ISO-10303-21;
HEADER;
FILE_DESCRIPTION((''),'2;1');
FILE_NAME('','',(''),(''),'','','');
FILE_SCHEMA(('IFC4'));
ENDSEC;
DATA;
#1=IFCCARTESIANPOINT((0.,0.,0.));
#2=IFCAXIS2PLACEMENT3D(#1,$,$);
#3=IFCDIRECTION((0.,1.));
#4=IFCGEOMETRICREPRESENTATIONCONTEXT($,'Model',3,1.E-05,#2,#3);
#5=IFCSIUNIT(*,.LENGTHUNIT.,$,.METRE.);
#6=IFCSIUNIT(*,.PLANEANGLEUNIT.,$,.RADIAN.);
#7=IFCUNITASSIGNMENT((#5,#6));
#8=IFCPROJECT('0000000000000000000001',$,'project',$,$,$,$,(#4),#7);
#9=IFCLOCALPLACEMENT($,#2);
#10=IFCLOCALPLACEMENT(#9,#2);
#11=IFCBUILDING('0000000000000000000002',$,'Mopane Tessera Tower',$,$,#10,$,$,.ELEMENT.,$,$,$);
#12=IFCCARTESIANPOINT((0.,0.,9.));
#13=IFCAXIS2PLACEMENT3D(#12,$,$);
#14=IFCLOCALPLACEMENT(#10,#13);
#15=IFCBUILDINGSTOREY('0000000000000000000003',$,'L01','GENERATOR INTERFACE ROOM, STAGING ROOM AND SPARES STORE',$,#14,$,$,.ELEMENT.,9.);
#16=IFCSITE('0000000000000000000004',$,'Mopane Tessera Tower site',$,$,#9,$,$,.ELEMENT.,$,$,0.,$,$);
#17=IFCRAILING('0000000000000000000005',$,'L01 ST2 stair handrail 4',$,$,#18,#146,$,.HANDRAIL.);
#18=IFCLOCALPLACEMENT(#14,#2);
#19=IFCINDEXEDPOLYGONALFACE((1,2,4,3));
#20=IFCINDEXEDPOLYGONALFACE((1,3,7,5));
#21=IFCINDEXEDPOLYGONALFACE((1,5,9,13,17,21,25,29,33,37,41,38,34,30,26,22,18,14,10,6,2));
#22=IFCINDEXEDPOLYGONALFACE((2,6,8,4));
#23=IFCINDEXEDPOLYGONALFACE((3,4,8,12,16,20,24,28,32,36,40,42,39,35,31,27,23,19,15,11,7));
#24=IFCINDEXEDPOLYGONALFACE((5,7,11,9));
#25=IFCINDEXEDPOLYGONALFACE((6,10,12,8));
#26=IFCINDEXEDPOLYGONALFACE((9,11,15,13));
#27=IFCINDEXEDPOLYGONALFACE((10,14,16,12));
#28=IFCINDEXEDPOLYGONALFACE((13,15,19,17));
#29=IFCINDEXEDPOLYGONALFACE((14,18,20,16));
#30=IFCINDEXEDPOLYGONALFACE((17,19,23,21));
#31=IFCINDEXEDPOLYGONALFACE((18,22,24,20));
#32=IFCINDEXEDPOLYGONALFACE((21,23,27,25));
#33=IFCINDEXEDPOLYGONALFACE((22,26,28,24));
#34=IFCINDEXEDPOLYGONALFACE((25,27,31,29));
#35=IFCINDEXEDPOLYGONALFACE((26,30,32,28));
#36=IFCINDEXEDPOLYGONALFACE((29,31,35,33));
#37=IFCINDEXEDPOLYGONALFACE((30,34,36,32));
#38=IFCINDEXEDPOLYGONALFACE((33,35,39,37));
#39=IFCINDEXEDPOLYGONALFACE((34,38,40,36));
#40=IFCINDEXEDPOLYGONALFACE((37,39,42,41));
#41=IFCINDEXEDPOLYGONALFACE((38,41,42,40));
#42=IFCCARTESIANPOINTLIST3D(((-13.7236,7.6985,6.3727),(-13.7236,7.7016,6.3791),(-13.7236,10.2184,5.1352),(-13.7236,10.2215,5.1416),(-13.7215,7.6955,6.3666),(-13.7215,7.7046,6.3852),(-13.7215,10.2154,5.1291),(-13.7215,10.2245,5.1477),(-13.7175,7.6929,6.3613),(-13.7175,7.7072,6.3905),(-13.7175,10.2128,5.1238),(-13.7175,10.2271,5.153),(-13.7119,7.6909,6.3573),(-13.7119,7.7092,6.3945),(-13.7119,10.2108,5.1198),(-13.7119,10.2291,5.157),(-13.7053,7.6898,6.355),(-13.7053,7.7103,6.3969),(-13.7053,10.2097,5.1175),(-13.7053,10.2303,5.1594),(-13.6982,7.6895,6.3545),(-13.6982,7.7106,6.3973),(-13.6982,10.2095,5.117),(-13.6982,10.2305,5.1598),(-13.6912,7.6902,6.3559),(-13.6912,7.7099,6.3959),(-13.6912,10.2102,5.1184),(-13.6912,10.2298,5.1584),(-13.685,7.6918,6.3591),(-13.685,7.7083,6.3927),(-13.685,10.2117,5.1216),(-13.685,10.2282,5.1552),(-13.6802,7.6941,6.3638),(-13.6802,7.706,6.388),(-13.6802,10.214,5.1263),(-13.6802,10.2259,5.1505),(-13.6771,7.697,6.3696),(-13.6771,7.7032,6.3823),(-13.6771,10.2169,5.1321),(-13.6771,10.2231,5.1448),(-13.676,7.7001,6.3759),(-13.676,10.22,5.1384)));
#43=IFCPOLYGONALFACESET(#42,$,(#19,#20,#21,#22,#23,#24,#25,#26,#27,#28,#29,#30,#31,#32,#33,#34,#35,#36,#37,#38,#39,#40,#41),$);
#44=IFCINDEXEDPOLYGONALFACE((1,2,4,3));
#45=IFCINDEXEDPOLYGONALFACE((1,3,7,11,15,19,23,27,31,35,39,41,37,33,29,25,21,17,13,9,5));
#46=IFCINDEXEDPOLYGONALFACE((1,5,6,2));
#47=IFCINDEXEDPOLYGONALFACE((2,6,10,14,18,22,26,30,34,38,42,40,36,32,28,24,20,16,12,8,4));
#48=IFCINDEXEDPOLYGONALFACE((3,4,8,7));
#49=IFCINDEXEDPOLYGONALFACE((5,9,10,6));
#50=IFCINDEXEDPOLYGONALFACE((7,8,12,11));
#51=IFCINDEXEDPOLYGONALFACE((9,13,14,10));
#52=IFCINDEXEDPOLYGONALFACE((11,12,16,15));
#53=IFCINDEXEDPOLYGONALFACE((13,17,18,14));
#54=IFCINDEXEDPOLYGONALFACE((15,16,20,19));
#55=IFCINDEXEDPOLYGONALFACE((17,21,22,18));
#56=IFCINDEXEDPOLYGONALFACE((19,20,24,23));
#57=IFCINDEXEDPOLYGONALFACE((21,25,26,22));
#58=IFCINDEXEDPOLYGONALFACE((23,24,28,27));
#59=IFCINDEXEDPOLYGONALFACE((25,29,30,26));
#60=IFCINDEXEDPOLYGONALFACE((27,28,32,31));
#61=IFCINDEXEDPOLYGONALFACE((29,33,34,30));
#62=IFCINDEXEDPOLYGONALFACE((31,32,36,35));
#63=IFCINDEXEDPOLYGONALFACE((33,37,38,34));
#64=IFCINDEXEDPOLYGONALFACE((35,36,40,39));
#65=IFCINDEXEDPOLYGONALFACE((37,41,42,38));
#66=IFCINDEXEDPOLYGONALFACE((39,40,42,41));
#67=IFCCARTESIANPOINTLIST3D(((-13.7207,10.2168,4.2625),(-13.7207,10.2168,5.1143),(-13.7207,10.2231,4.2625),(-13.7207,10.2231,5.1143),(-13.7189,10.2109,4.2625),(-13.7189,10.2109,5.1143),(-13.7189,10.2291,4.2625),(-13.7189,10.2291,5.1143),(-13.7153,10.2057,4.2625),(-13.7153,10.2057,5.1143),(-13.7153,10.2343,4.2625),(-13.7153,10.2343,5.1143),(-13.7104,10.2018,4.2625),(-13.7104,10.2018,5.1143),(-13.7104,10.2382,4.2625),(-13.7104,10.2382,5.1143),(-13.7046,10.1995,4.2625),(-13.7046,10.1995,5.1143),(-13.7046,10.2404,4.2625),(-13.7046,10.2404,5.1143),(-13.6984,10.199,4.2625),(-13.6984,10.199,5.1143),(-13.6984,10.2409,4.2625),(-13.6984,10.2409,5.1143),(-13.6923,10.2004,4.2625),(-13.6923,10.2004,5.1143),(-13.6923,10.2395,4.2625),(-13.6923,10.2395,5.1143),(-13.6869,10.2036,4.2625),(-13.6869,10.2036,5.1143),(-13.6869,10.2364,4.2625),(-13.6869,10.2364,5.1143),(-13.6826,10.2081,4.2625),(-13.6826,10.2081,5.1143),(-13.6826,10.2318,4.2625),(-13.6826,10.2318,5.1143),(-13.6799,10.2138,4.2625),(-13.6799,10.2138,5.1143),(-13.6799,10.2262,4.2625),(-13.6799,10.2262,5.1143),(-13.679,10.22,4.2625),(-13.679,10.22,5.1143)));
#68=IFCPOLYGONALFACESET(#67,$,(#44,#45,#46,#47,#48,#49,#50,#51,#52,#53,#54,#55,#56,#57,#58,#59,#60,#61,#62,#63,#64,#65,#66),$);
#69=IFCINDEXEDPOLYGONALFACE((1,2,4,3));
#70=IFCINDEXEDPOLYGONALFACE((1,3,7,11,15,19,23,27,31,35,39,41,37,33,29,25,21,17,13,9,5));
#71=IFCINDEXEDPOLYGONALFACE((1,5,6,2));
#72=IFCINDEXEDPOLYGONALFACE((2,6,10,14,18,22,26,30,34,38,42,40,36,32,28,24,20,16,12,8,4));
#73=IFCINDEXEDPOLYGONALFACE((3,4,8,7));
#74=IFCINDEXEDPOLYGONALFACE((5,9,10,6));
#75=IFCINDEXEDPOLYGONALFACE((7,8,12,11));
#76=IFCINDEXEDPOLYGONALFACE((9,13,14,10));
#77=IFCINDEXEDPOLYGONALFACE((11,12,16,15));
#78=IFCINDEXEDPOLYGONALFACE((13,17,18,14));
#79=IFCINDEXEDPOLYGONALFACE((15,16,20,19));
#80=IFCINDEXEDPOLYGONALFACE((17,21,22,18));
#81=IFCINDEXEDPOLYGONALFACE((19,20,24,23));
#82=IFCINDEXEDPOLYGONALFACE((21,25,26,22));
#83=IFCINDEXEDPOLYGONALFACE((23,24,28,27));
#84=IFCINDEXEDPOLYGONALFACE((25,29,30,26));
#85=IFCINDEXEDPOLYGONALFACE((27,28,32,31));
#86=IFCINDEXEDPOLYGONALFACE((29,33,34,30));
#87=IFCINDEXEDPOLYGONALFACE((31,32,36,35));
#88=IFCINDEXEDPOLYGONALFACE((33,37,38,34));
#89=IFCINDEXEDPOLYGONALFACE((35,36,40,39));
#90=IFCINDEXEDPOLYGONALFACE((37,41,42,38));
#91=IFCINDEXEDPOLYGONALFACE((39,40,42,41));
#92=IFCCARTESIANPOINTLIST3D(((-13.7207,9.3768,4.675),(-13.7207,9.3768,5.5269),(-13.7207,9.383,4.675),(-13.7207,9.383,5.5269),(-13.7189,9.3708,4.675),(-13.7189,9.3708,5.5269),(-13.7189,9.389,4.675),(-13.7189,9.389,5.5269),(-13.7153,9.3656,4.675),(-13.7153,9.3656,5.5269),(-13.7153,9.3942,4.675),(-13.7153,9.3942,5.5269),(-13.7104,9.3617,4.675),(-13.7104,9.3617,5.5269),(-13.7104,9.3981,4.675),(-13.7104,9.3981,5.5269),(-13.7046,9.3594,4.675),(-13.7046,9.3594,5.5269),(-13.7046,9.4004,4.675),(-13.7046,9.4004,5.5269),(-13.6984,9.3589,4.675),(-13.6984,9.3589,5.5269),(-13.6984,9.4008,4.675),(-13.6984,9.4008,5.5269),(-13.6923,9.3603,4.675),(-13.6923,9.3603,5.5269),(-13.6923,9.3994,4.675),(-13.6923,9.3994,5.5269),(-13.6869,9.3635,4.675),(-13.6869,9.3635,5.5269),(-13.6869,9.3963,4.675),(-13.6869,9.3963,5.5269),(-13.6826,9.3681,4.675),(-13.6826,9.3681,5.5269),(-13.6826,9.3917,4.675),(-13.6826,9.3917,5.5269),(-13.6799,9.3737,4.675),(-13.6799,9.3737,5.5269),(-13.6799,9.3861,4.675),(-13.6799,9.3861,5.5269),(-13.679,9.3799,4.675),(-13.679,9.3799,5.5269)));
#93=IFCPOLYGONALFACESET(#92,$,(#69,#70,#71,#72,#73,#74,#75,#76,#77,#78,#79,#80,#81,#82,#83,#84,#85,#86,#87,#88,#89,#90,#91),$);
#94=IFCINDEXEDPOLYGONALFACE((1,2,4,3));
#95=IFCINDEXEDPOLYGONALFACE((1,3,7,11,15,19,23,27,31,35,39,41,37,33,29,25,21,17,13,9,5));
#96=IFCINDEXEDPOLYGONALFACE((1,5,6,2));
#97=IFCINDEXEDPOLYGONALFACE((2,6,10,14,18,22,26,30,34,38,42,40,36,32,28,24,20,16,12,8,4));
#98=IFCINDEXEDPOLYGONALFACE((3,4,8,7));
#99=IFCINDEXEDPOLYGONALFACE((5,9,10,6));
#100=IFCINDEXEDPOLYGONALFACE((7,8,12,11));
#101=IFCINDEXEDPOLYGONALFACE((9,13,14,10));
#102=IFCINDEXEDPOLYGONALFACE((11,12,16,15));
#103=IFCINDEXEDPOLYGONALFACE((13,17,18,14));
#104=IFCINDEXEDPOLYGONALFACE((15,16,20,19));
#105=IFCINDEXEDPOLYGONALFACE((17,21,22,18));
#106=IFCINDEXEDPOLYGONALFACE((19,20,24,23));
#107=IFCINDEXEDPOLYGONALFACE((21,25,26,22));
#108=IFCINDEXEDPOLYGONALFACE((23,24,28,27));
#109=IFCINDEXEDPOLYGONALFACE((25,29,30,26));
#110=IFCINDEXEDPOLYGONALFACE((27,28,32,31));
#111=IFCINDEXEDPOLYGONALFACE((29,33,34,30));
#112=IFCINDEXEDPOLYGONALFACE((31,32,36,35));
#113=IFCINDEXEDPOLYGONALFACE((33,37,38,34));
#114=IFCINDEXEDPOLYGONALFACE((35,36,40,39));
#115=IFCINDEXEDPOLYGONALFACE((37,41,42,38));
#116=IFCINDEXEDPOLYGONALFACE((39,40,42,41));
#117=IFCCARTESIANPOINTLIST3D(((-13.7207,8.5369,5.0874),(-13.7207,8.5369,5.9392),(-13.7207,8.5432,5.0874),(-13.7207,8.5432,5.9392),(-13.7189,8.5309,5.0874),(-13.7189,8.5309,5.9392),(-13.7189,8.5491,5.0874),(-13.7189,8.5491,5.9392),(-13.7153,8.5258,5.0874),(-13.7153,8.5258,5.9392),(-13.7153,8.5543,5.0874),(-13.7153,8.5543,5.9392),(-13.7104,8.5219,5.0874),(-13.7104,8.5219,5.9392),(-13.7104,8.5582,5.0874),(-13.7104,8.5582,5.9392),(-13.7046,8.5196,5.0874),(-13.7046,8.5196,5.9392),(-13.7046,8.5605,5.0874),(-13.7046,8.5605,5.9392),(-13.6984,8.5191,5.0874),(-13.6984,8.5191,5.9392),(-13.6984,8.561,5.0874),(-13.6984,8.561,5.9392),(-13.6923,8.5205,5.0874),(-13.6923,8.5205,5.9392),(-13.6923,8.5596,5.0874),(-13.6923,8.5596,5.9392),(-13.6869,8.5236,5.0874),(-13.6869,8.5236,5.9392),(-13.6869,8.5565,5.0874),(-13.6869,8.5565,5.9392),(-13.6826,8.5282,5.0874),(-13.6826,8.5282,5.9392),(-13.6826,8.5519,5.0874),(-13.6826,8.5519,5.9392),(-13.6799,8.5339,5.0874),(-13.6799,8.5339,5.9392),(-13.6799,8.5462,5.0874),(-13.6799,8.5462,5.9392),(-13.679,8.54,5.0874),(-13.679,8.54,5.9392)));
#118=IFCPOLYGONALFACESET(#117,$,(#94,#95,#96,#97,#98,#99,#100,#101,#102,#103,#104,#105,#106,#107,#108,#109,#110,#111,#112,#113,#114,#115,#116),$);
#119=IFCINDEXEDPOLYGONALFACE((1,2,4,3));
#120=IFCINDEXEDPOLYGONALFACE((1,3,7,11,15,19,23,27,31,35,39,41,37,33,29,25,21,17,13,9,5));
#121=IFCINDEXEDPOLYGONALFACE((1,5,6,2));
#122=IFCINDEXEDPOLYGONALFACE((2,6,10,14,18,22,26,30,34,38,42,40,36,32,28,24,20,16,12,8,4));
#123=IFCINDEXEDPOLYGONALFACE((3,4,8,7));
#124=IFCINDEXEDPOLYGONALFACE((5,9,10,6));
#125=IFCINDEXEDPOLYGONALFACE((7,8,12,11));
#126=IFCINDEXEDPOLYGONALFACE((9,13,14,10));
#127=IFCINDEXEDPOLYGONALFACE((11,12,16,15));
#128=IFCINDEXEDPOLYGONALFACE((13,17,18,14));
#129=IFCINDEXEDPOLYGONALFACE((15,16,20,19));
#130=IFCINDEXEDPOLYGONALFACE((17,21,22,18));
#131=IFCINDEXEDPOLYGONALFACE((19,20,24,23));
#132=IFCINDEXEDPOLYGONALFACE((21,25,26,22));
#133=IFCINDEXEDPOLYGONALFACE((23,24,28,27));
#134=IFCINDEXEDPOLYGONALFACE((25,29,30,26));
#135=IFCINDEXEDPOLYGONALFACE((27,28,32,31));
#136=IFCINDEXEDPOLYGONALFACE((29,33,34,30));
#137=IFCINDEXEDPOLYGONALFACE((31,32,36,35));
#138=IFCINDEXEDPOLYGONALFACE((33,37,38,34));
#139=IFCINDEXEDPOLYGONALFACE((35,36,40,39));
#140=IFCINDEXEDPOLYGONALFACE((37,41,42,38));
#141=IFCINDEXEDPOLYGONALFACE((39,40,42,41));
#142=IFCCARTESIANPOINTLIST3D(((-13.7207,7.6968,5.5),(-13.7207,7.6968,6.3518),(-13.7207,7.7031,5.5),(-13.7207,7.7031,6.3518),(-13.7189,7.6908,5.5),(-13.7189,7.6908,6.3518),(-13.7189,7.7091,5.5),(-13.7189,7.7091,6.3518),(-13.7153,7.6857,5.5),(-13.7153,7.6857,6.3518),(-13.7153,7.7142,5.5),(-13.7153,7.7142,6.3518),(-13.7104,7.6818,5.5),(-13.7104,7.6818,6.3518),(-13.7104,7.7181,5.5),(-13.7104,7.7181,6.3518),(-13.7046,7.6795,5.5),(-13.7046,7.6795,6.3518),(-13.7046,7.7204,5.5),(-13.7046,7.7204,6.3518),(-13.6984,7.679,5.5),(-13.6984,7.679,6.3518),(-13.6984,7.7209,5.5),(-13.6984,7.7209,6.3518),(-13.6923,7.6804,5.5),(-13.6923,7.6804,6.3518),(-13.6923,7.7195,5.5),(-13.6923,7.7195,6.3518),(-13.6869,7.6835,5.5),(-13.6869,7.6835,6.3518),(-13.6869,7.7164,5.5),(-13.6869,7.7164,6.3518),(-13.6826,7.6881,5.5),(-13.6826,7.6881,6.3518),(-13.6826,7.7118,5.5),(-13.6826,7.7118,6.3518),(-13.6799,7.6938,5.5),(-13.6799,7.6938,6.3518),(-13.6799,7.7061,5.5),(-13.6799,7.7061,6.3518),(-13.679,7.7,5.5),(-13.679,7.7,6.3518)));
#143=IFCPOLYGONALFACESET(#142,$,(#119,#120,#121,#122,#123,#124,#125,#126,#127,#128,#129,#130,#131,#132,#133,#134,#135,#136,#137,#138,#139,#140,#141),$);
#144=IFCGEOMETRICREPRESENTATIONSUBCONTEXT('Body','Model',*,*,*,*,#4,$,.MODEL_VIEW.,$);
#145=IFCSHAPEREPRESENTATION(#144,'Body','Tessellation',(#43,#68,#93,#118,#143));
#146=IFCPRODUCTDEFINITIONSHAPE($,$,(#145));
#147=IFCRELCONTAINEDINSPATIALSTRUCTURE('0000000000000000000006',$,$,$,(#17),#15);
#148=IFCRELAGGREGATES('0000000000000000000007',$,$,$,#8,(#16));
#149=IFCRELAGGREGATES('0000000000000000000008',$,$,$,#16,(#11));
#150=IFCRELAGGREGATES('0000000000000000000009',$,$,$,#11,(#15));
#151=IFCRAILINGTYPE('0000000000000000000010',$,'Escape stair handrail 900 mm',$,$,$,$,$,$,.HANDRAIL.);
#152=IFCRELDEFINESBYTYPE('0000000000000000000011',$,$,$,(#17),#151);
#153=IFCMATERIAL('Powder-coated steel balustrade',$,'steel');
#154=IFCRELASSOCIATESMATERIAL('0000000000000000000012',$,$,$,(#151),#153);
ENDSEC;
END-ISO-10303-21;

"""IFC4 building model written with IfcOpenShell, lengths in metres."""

from ifc_helpers import new_model, si_unit, direction, frame, origin, origin_2d, place, context, subcontext, project, spatial, circle, extrude, material, type_object, element, save


model = new_model("IFC4")

# Units and contexts
model_context = context("Model", 3, precision=1e-05, world=origin(), true_north=direction((0.0, 1.0)))
body_context = subcontext(model_context, "Body", "Model", "MODEL_VIEW")
ifc_project = project(units=[si_unit("LENGTHUNIT", "METRE"), si_unit("PLANEANGLEUNIT", "RADIAN")], contexts=[model_context])

# Site, building, storey
site_placement = place(None, origin())
site = spatial("IfcSite", under=ifc_project, at=site_placement, Name="Mopane Tessera Tower site", CompositionType="ELEMENT", RefElevation=0.0)
building_placement = place(site_placement, origin())
building = spatial("IfcBuilding", under=site, at=building_placement, Name="Mopane Tessera Tower", CompositionType="ELEMENT")
storey_placement = place(building_placement, frame((0.0, 0.0, 9.0)))
storey = spatial("IfcBuildingStorey", under=building, at=storey_placement, Name="L01", Description="GENERATOR INTERFACE ROOM, STAGING ROOM AND SPARES STORE", CompositionType="ELEMENT", Elevation=9.0)

# Railing
ifc_material_1 = material(Name="Powder-coated steel balustrade", Category="steel")
railing_type_1 = type_object("IfcRailingType", Name="Escape stair handrail 900 mm", PredefinedType="HANDRAIL", material=ifc_material_1)
for number, where, name in (
    (1, (-13.7, 10.22, 4.2625), "L01 ST2 stair handrail 4"),
):
    element("IfcRailing", number, at=place(storey_placement, frame(where)), inside=storey, type_object=railing_type_1, Name=name, PredefinedType="HANDRAIL", context=body_context, shape_type="SweptSolid", body=[
        extrude(circle(Radius=0.0239, at=origin_2d()), frame((0.0, 0.0, 0.876), z_axis=(0.0, -0.897604, 0.440802), x_axis=(1.0, 0.0, 0.0)), (0.0, 0.0, 1.0), 2.8074),
        extrude(circle(Radius=0.021, at=origin_2d()), origin(), (0.0, 0.0, 1.0), 0.8518),
        extrude(circle(Radius=0.021, at=origin_2d()), frame((0.0, -0.8401, 0.4126)), (0.0, 0.0, 1.0), 0.8518),
        extrude(circle(Radius=0.021, at=origin_2d()), frame((0.0, -1.6799, 0.825)), (0.0, 0.0, 1.0), 0.8518),
        extrude(circle(Radius=0.021, at=origin_2d()), frame((0.0, -2.52, 1.2375)), (0.0, 0.0, 1.0), 0.8518),
    ])

save(model, "model.ifc")
